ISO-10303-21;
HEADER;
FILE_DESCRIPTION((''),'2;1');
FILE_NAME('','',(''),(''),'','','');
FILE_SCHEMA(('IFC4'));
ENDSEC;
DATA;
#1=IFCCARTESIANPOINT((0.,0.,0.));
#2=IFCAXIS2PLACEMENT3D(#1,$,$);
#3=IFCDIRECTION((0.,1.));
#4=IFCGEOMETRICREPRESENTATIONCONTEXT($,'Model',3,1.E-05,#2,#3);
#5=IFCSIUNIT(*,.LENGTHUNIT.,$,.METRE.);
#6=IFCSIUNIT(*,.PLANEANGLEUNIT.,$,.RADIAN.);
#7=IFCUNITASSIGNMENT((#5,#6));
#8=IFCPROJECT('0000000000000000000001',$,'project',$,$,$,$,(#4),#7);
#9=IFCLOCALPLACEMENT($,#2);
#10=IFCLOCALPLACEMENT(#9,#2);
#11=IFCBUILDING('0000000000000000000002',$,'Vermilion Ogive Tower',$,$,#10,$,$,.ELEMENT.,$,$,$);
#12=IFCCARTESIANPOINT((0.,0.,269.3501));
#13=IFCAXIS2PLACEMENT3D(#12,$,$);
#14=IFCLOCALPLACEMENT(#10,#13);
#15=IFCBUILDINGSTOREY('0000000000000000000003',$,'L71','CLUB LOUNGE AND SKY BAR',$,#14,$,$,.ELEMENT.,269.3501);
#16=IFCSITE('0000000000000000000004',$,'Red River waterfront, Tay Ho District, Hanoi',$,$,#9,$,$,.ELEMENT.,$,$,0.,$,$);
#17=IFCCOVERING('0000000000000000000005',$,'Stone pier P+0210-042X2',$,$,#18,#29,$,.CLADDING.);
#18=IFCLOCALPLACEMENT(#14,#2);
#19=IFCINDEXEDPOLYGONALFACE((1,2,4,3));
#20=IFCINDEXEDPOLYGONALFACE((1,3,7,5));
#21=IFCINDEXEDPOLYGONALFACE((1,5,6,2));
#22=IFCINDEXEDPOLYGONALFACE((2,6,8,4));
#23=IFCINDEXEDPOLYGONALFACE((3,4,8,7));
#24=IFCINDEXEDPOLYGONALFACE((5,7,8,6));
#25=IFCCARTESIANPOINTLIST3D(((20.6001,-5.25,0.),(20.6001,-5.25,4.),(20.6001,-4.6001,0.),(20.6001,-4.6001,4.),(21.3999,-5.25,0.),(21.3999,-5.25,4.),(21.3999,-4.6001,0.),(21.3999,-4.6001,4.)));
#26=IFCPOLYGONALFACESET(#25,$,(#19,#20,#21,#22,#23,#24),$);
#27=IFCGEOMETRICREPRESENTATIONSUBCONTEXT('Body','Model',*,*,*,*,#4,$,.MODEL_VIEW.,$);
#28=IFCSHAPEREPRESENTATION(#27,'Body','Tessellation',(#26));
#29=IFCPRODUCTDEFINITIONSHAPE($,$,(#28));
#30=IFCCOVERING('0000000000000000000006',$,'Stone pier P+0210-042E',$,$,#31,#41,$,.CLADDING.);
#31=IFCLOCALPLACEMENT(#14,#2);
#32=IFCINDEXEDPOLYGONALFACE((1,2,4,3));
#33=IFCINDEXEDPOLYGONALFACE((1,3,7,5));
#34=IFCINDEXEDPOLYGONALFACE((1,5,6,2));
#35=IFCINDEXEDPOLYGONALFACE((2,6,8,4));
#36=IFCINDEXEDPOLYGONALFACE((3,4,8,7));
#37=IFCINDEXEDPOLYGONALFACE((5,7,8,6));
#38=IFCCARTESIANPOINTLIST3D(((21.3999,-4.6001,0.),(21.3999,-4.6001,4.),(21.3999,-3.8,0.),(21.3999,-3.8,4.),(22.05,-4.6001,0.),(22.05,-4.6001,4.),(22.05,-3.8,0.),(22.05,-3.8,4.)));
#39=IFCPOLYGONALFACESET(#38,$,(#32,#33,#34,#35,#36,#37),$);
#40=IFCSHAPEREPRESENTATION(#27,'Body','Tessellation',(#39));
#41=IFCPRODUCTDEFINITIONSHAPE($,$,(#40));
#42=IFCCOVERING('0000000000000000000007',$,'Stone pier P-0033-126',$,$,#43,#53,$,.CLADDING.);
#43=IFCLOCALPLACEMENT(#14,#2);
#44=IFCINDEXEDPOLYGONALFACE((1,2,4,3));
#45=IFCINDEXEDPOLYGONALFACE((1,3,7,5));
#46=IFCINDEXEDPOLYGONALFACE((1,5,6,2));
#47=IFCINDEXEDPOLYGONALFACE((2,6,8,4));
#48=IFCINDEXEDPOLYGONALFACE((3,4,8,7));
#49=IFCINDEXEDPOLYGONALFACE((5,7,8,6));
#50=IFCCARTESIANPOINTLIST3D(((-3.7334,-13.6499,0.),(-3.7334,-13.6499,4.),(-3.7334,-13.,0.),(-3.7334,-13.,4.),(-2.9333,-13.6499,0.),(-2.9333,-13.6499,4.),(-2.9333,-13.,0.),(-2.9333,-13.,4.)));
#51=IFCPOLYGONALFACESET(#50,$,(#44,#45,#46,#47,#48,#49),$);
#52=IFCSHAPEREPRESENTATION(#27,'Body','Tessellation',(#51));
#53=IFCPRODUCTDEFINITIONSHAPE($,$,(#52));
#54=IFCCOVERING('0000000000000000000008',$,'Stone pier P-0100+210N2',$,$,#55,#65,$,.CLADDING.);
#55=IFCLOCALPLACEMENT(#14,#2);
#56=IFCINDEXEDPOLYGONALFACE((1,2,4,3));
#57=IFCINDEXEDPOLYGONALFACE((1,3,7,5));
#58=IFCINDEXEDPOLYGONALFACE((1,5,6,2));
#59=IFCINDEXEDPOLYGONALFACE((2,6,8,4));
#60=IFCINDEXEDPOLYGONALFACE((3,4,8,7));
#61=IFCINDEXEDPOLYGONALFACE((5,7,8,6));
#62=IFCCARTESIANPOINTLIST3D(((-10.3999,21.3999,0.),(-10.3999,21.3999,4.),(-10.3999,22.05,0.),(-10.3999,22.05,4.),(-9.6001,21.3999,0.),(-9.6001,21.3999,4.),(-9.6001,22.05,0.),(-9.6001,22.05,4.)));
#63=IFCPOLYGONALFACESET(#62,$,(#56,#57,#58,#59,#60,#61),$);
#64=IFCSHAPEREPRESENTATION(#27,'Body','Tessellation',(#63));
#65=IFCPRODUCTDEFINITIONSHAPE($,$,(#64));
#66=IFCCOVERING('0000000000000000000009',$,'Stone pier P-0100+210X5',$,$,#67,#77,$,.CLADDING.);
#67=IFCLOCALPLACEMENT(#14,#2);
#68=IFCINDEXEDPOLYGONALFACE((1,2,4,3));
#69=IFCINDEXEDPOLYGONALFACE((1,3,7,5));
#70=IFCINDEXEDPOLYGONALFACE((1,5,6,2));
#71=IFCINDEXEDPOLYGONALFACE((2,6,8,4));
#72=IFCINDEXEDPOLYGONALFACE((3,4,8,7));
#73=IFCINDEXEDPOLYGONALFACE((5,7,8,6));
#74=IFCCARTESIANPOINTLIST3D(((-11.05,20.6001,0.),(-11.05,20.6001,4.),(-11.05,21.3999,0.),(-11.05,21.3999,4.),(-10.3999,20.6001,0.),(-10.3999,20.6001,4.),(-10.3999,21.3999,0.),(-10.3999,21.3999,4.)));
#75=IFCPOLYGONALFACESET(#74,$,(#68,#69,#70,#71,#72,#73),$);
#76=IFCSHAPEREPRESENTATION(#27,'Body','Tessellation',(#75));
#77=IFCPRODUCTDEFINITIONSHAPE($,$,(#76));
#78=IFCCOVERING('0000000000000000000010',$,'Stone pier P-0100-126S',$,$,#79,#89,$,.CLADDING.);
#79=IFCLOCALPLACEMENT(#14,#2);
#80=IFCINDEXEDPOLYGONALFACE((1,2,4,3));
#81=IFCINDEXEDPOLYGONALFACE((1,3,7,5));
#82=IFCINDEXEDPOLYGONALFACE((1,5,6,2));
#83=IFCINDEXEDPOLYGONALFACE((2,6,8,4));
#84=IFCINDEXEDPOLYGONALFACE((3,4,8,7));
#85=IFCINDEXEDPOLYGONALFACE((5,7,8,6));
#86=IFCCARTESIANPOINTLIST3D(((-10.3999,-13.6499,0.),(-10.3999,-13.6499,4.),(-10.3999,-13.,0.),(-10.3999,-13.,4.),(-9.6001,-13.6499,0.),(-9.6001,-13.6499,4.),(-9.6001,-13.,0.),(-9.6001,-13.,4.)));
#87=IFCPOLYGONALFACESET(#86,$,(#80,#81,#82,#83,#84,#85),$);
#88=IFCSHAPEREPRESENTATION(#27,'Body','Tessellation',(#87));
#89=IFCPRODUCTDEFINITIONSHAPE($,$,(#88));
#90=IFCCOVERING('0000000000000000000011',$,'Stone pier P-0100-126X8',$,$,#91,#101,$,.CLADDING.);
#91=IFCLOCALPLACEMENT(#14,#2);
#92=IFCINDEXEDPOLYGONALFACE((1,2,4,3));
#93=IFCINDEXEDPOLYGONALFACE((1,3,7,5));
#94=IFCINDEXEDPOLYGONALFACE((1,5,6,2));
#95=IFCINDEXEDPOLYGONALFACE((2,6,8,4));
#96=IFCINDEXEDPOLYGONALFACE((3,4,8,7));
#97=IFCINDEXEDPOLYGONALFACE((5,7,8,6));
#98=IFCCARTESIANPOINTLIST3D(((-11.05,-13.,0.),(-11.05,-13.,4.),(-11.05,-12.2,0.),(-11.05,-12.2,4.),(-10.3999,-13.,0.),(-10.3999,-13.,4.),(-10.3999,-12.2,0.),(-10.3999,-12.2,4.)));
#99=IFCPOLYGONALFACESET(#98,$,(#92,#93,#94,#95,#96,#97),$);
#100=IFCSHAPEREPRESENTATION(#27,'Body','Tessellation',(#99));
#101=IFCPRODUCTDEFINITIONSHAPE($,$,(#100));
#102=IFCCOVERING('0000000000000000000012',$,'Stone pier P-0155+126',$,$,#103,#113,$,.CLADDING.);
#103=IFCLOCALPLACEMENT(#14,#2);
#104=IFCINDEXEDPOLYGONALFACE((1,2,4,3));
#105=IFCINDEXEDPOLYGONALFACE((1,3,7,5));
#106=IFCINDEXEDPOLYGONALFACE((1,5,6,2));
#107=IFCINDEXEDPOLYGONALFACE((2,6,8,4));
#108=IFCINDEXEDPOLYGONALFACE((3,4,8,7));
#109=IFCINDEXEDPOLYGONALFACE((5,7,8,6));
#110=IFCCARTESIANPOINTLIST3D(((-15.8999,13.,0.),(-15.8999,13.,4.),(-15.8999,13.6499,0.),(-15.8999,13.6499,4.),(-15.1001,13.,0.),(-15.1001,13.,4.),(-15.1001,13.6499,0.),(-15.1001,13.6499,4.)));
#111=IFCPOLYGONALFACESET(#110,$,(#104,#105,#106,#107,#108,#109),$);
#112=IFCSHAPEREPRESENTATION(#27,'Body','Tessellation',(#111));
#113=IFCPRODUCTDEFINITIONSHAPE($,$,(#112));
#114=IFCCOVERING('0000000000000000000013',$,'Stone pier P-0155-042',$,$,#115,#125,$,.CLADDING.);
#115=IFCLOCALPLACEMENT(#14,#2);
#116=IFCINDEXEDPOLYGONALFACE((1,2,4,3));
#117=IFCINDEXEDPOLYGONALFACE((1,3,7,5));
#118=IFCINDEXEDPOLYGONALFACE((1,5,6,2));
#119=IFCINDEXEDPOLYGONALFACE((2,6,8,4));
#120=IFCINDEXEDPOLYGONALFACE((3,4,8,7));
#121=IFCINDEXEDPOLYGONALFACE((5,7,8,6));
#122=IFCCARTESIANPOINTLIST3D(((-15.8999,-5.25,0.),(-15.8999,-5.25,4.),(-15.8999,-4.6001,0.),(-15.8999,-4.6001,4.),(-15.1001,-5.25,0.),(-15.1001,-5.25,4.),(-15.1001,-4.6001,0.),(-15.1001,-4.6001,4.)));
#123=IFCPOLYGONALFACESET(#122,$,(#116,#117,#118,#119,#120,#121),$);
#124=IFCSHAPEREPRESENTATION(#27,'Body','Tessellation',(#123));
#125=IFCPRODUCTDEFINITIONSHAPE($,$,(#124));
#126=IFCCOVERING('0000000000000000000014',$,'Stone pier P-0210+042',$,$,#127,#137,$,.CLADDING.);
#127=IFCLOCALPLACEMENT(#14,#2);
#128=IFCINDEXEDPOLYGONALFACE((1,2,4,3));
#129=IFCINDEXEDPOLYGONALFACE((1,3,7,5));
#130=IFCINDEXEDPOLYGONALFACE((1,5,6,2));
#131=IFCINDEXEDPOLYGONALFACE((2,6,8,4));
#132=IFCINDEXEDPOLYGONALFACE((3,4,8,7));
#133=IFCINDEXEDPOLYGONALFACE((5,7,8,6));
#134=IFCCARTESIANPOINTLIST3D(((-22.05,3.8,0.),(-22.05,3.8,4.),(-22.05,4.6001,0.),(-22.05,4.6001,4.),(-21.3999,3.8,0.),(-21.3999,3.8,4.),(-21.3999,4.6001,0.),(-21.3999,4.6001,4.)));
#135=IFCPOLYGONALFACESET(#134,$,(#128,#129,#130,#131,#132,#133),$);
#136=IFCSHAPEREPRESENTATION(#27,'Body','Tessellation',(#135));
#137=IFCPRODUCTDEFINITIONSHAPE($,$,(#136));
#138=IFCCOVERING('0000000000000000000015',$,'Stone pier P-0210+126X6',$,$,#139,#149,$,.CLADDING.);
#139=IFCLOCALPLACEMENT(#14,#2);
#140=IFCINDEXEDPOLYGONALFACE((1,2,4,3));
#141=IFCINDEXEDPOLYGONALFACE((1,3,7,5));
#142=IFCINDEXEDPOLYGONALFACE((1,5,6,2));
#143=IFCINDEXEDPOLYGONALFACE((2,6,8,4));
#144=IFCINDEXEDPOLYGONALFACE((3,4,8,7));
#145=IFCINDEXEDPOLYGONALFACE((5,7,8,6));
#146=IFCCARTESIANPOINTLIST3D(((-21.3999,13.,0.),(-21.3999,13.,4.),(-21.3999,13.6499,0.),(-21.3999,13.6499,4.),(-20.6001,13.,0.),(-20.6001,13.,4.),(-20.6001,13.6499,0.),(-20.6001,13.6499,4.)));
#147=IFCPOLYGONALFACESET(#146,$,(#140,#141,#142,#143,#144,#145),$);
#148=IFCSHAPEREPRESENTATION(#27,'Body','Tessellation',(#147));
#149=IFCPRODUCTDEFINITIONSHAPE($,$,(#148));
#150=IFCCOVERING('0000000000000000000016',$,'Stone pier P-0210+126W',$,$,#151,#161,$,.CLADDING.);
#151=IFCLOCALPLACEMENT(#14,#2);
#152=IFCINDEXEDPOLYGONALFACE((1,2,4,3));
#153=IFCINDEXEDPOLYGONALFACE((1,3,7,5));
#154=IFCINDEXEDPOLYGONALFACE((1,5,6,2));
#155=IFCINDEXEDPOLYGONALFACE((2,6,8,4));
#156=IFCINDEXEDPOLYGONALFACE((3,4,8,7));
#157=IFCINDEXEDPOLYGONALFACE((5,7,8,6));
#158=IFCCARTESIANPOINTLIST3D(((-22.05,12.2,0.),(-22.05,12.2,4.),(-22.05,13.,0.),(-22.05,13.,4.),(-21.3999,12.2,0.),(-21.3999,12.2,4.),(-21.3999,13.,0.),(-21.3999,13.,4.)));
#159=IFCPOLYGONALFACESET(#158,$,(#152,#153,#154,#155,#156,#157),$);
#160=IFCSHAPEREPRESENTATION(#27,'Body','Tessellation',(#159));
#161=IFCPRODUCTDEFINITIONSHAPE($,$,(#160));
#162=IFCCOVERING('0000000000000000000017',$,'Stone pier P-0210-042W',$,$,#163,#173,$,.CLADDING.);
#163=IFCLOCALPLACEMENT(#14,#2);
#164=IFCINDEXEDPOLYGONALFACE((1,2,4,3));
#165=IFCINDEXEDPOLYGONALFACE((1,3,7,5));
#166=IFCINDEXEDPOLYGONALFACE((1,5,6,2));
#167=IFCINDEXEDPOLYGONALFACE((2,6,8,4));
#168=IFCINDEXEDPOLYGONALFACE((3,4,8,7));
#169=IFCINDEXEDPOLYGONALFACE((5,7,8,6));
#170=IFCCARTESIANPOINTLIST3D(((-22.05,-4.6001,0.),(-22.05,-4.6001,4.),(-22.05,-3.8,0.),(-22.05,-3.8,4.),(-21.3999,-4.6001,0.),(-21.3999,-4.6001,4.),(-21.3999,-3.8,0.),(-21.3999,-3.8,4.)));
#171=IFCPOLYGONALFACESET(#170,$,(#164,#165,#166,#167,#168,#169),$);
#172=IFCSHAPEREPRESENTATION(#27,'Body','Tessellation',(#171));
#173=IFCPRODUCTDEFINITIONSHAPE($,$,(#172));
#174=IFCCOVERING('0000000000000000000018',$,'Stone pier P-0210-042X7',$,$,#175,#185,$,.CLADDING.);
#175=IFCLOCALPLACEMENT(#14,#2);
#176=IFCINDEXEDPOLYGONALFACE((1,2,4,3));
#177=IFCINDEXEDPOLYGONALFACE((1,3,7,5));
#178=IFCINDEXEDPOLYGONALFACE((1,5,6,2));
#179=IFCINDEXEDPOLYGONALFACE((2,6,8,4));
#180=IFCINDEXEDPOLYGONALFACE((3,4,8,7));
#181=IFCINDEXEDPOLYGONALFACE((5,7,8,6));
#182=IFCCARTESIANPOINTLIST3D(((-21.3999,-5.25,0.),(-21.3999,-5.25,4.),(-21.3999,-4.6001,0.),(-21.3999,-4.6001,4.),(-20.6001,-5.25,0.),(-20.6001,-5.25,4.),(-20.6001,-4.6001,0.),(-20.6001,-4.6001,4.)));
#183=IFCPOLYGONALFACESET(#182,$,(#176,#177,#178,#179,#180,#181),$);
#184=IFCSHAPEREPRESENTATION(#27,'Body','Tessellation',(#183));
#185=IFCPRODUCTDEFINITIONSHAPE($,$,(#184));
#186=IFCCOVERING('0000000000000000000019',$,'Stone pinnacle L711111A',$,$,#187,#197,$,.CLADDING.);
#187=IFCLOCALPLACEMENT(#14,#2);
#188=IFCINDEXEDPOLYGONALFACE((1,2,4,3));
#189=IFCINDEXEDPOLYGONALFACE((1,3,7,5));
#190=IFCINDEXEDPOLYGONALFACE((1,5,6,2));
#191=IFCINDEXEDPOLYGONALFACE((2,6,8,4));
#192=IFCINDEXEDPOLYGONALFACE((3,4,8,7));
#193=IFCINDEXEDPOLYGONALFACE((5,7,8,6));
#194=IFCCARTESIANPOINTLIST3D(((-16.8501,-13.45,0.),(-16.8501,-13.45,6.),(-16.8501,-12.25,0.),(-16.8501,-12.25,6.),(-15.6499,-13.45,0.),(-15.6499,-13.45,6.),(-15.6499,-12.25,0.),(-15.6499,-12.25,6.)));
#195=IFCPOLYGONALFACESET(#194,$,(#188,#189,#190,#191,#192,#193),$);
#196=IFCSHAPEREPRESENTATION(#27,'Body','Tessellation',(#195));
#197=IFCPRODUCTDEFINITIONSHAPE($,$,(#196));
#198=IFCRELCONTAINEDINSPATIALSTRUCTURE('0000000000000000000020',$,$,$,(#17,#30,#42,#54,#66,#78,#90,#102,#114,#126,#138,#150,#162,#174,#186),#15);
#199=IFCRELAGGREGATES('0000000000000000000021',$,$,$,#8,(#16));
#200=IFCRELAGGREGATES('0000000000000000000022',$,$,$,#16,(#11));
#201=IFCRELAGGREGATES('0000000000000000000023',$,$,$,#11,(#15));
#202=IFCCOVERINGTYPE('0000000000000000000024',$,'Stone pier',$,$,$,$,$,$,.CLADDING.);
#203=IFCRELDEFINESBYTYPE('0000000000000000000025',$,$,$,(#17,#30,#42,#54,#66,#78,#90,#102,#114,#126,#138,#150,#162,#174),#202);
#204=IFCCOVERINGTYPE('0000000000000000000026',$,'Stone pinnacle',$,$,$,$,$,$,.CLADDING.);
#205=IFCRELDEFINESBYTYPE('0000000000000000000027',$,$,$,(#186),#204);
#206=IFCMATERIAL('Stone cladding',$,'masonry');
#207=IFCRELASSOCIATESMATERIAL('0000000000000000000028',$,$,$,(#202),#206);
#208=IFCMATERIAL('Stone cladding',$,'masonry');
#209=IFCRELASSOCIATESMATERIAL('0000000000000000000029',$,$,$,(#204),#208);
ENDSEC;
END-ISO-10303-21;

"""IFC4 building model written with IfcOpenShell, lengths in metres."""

from ifc_helpers import new_model, si_unit, direction, frame, origin, place, context, subcontext, project, spatial, polyline, outline, extrude, material, type_object, element, save


model = new_model("IFC4")

# Units and contexts
model_context = context("Model", 3, precision=1e-05, world=origin(), true_north=direction((0.0, 1.0)))
body_context = subcontext(model_context, "Body", "Model", "MODEL_VIEW")
ifc_project = project(units=[si_unit("LENGTHUNIT", "METRE"), si_unit("PLANEANGLEUNIT", "RADIAN")], contexts=[model_context])

# Site, building, storey
site_placement = place(None, origin())
site = spatial("IfcSite", under=ifc_project, at=site_placement, Name="Red River waterfront, Tay Ho District, Hanoi", CompositionType="ELEMENT", RefElevation=0.0)
building_placement = place(site_placement, origin())
building = spatial("IfcBuilding", under=site, at=building_placement, Name="Vermilion Ogive Tower", CompositionType="ELEMENT")
storey_placement = place(building_placement, frame((0.0, 0.0, 269.3501)))
storey = spatial("IfcBuildingStorey", under=building, at=storey_placement, Name="L71", Description="CLUB LOUNGE AND SKY BAR", CompositionType="ELEMENT", Elevation=269.3501)

# Coverings
ifc_material_1 = material(Name="Stone cladding", Category="masonry")
covering_type_1 = type_object("IfcCoveringType", Name="Stone pier", PredefinedType="CLADDING", material=ifc_material_1)
covering_1_placement = place(storey_placement, origin())
element("IfcCovering", 1, at=covering_1_placement, inside=storey, type_object=covering_type_1, Name="Stone pier P+0210-042X2", PredefinedType="CLADDING", context=body_context, shape_type="SweptSolid", body=[
    extrude(outline(polyline([(21.3999, -5.25), (20.6001, -5.25), (20.6001, -4.6001), (21.3999, -4.6001), (21.3999, -5.25)])), origin(), (0.0, 0.0, 1.0), 4.0),
])
covering_2_placement = place(storey_placement, origin())
element("IfcCovering", 2, at=covering_2_placement, inside=storey, type_object=covering_type_1, Name="Stone pier P+0210-042E", PredefinedType="CLADDING", context=body_context, shape_type="SweptSolid", body=[
    extrude(outline(polyline([(22.05, -4.6001), (21.3999, -4.6001), (21.3999, -3.8), (22.05, -3.8), (22.05, -4.6001)])), origin(), (0.0, 0.0, 1.0), 4.0),
])
covering_3_placement = place(storey_placement, origin())
element("IfcCovering", 3, at=covering_3_placement, inside=storey, type_object=covering_type_1, Name="Stone pier P-0033-126", PredefinedType="CLADDING", context=body_context, shape_type="SweptSolid", body=[
    extrude(outline(polyline([(-2.9333, -13.0), (-2.9333, -13.6499), (-3.7334, -13.6499), (-3.7334, -13.0), (-2.9333, -13.0), (-2.9333, -13.0)])), origin(), (0.0, 0.0, 1.0), 4.0),
])
covering_4_placement = place(storey_placement, origin())
element("IfcCovering", 4, at=covering_4_placement, inside=storey, type_object=covering_type_1, Name="Stone pier P-0100+210N2", PredefinedType="CLADDING", context=body_context, shape_type="SweptSolid", body=[
    extrude(outline(polyline([(-10.3999, 22.05), (-9.6001, 22.05), (-9.6001, 21.3999), (-10.3999, 21.3999), (-10.3999, 22.05)])), origin(), (0.0, 0.0, 1.0), 4.0),
])
covering_5_placement = place(storey_placement, origin())
element("IfcCovering", 5, at=covering_5_placement, inside=storey, type_object=covering_type_1, Name="Stone pier P-0100+210X5", PredefinedType="CLADDING", context=body_context, shape_type="SweptSolid", body=[
    extrude(outline(polyline([(-11.05, 21.3999), (-10.3999, 21.3999), (-10.3999, 20.6001), (-11.05, 20.6001), (-11.05, 21.3999)])), origin(), (0.0, 0.0, 1.0), 4.0),
])
covering_6_placement = place(storey_placement, origin())
element("IfcCovering", 6, at=covering_6_placement, inside=storey, type_object=covering_type_1, Name="Stone pier P-0100-126S", PredefinedType="CLADDING", context=body_context, shape_type="SweptSolid", body=[
    extrude(outline(polyline([(-9.6001, -13.6499), (-10.3999, -13.6499), (-10.3999, -13.0), (-9.6001, -13.0), (-9.6001, -13.6499)])), origin(), (0.0, 0.0, 1.0), 4.0),
])
covering_7_placement = place(storey_placement, origin())
element("IfcCovering", 7, at=covering_7_placement, inside=storey, type_object=covering_type_1, Name="Stone pier P-0100-126X8", PredefinedType="CLADDING", context=body_context, shape_type="SweptSolid", body=[
    extrude(outline(polyline([(-11.05, -13.0), (-11.05, -12.2), (-10.3999, -12.2), (-10.3999, -12.2), (-10.3999, -13.0), (-11.05, -13.0)])), origin(), (0.0, 0.0, 1.0), 4.0),
])
covering_8_placement = place(storey_placement, origin())
element("IfcCovering", 8, at=covering_8_placement, inside=storey, type_object=covering_type_1, Name="Stone pier P-0155+126", PredefinedType="CLADDING", context=body_context, shape_type="SweptSolid", body=[
    extrude(outline(polyline([(-15.8999, 13.6499), (-15.1001, 13.6499), (-15.1001, 13.0), (-15.8999, 13.0), (-15.8999, 13.6499)])), origin(), (0.0, 0.0, 1.0), 4.0),
])
covering_9_placement = place(storey_placement, origin())
element("IfcCovering", 9, at=covering_9_placement, inside=storey, type_object=covering_type_1, Name="Stone pier P-0155-042", PredefinedType="CLADDING", context=body_context, shape_type="SweptSolid", body=[
    extrude(outline(polyline([(-15.1001, -5.25), (-15.8999, -5.25), (-15.8999, -4.6001), (-15.1001, -4.6001), (-15.1001, -5.25)])), origin(), (0.0, 0.0, 1.0), 4.0),
])
covering_10_placement = place(storey_placement, origin())
element("IfcCovering", 10, at=covering_10_placement, inside=storey, type_object=covering_type_1, Name="Stone pier P-0210+042", PredefinedType="CLADDING", context=body_context, shape_type="SweptSolid", body=[
    extrude(outline(polyline([(-21.3999, 3.8), (-22.05, 3.8), (-22.05, 4.6001), (-21.3999, 4.6001), (-21.3999, 4.6001), (-21.3999, 3.8)])), origin(), (0.0, 0.0, 1.0), 4.0),
])
covering_11_placement = place(storey_placement, origin())
element("IfcCovering", 11, at=covering_11_placement, inside=storey, type_object=covering_type_1, Name="Stone pier P-0210+126X6", PredefinedType="CLADDING", context=body_context, shape_type="SweptSolid", body=[
    extrude(outline(polyline([(-21.3999, 13.6499), (-20.6001, 13.6499), (-20.6001, 13.0), (-21.3999, 13.0), (-21.3999, 13.6499)])), origin(), (0.0, 0.0, 1.0), 4.0),
])
covering_12_placement = place(storey_placement, origin())
element("IfcCovering", 12, at=covering_12_placement, inside=storey, type_object=covering_type_1, Name="Stone pier P-0210+126W", PredefinedType="CLADDING", context=body_context, shape_type="SweptSolid", body=[
    extrude(outline(polyline([(-22.05, 13.0), (-21.3999, 13.0), (-21.3999, 12.2), (-22.05, 12.2), (-22.05, 13.0)])), origin(), (0.0, 0.0, 1.0), 4.0),
])
covering_13_placement = place(storey_placement, origin())
element("IfcCovering", 13, at=covering_13_placement, inside=storey, type_object=covering_type_1, Name="Stone pier P-0210-042W", PredefinedType="CLADDING", context=body_context, shape_type="SweptSolid", body=[
    extrude(outline(polyline([(-22.05, -4.6001), (-22.05, -3.8), (-21.3999, -3.8), (-21.3999, -4.6001), (-22.05, -4.6001)])), origin(), (0.0, 0.0, 1.0), 4.0),
])
covering_14_placement = place(storey_placement, origin())
element("IfcCovering", 14, at=covering_14_placement, inside=storey, type_object=covering_type_1, Name="Stone pier P-0210-042X7", PredefinedType="CLADDING", context=body_context, shape_type="SweptSolid", body=[
    extrude(outline(polyline([(-21.3999, -5.25), (-21.3999, -4.6001), (-20.6001, -4.6001), (-20.6001, -5.25), (-21.3999, -5.25)])), origin(), (0.0, 0.0, 1.0), 4.0),
])
ifc_material_2 = material(Name="Stone cladding", Category="masonry")
covering_type_2 = type_object("IfcCoveringType", Name="Stone pinnacle", PredefinedType="CLADDING", material=ifc_material_2)
covering_15_placement = place(storey_placement, origin())
element("IfcCovering", 15, at=covering_15_placement, inside=storey, type_object=covering_type_2, Name="Stone pinnacle L711111A", PredefinedType="CLADDING", context=body_context, shape_type="SweptSolid", body=[
    extrude(outline(polyline([(-16.8501, -13.45), (-15.6499, -13.45), (-15.6499, -12.25), (-16.8501, -12.25), (-16.8501, -13.45)])), origin(), (0.0, 0.0, 1.0), 6.0),
])

save(model, "model.ifc")
